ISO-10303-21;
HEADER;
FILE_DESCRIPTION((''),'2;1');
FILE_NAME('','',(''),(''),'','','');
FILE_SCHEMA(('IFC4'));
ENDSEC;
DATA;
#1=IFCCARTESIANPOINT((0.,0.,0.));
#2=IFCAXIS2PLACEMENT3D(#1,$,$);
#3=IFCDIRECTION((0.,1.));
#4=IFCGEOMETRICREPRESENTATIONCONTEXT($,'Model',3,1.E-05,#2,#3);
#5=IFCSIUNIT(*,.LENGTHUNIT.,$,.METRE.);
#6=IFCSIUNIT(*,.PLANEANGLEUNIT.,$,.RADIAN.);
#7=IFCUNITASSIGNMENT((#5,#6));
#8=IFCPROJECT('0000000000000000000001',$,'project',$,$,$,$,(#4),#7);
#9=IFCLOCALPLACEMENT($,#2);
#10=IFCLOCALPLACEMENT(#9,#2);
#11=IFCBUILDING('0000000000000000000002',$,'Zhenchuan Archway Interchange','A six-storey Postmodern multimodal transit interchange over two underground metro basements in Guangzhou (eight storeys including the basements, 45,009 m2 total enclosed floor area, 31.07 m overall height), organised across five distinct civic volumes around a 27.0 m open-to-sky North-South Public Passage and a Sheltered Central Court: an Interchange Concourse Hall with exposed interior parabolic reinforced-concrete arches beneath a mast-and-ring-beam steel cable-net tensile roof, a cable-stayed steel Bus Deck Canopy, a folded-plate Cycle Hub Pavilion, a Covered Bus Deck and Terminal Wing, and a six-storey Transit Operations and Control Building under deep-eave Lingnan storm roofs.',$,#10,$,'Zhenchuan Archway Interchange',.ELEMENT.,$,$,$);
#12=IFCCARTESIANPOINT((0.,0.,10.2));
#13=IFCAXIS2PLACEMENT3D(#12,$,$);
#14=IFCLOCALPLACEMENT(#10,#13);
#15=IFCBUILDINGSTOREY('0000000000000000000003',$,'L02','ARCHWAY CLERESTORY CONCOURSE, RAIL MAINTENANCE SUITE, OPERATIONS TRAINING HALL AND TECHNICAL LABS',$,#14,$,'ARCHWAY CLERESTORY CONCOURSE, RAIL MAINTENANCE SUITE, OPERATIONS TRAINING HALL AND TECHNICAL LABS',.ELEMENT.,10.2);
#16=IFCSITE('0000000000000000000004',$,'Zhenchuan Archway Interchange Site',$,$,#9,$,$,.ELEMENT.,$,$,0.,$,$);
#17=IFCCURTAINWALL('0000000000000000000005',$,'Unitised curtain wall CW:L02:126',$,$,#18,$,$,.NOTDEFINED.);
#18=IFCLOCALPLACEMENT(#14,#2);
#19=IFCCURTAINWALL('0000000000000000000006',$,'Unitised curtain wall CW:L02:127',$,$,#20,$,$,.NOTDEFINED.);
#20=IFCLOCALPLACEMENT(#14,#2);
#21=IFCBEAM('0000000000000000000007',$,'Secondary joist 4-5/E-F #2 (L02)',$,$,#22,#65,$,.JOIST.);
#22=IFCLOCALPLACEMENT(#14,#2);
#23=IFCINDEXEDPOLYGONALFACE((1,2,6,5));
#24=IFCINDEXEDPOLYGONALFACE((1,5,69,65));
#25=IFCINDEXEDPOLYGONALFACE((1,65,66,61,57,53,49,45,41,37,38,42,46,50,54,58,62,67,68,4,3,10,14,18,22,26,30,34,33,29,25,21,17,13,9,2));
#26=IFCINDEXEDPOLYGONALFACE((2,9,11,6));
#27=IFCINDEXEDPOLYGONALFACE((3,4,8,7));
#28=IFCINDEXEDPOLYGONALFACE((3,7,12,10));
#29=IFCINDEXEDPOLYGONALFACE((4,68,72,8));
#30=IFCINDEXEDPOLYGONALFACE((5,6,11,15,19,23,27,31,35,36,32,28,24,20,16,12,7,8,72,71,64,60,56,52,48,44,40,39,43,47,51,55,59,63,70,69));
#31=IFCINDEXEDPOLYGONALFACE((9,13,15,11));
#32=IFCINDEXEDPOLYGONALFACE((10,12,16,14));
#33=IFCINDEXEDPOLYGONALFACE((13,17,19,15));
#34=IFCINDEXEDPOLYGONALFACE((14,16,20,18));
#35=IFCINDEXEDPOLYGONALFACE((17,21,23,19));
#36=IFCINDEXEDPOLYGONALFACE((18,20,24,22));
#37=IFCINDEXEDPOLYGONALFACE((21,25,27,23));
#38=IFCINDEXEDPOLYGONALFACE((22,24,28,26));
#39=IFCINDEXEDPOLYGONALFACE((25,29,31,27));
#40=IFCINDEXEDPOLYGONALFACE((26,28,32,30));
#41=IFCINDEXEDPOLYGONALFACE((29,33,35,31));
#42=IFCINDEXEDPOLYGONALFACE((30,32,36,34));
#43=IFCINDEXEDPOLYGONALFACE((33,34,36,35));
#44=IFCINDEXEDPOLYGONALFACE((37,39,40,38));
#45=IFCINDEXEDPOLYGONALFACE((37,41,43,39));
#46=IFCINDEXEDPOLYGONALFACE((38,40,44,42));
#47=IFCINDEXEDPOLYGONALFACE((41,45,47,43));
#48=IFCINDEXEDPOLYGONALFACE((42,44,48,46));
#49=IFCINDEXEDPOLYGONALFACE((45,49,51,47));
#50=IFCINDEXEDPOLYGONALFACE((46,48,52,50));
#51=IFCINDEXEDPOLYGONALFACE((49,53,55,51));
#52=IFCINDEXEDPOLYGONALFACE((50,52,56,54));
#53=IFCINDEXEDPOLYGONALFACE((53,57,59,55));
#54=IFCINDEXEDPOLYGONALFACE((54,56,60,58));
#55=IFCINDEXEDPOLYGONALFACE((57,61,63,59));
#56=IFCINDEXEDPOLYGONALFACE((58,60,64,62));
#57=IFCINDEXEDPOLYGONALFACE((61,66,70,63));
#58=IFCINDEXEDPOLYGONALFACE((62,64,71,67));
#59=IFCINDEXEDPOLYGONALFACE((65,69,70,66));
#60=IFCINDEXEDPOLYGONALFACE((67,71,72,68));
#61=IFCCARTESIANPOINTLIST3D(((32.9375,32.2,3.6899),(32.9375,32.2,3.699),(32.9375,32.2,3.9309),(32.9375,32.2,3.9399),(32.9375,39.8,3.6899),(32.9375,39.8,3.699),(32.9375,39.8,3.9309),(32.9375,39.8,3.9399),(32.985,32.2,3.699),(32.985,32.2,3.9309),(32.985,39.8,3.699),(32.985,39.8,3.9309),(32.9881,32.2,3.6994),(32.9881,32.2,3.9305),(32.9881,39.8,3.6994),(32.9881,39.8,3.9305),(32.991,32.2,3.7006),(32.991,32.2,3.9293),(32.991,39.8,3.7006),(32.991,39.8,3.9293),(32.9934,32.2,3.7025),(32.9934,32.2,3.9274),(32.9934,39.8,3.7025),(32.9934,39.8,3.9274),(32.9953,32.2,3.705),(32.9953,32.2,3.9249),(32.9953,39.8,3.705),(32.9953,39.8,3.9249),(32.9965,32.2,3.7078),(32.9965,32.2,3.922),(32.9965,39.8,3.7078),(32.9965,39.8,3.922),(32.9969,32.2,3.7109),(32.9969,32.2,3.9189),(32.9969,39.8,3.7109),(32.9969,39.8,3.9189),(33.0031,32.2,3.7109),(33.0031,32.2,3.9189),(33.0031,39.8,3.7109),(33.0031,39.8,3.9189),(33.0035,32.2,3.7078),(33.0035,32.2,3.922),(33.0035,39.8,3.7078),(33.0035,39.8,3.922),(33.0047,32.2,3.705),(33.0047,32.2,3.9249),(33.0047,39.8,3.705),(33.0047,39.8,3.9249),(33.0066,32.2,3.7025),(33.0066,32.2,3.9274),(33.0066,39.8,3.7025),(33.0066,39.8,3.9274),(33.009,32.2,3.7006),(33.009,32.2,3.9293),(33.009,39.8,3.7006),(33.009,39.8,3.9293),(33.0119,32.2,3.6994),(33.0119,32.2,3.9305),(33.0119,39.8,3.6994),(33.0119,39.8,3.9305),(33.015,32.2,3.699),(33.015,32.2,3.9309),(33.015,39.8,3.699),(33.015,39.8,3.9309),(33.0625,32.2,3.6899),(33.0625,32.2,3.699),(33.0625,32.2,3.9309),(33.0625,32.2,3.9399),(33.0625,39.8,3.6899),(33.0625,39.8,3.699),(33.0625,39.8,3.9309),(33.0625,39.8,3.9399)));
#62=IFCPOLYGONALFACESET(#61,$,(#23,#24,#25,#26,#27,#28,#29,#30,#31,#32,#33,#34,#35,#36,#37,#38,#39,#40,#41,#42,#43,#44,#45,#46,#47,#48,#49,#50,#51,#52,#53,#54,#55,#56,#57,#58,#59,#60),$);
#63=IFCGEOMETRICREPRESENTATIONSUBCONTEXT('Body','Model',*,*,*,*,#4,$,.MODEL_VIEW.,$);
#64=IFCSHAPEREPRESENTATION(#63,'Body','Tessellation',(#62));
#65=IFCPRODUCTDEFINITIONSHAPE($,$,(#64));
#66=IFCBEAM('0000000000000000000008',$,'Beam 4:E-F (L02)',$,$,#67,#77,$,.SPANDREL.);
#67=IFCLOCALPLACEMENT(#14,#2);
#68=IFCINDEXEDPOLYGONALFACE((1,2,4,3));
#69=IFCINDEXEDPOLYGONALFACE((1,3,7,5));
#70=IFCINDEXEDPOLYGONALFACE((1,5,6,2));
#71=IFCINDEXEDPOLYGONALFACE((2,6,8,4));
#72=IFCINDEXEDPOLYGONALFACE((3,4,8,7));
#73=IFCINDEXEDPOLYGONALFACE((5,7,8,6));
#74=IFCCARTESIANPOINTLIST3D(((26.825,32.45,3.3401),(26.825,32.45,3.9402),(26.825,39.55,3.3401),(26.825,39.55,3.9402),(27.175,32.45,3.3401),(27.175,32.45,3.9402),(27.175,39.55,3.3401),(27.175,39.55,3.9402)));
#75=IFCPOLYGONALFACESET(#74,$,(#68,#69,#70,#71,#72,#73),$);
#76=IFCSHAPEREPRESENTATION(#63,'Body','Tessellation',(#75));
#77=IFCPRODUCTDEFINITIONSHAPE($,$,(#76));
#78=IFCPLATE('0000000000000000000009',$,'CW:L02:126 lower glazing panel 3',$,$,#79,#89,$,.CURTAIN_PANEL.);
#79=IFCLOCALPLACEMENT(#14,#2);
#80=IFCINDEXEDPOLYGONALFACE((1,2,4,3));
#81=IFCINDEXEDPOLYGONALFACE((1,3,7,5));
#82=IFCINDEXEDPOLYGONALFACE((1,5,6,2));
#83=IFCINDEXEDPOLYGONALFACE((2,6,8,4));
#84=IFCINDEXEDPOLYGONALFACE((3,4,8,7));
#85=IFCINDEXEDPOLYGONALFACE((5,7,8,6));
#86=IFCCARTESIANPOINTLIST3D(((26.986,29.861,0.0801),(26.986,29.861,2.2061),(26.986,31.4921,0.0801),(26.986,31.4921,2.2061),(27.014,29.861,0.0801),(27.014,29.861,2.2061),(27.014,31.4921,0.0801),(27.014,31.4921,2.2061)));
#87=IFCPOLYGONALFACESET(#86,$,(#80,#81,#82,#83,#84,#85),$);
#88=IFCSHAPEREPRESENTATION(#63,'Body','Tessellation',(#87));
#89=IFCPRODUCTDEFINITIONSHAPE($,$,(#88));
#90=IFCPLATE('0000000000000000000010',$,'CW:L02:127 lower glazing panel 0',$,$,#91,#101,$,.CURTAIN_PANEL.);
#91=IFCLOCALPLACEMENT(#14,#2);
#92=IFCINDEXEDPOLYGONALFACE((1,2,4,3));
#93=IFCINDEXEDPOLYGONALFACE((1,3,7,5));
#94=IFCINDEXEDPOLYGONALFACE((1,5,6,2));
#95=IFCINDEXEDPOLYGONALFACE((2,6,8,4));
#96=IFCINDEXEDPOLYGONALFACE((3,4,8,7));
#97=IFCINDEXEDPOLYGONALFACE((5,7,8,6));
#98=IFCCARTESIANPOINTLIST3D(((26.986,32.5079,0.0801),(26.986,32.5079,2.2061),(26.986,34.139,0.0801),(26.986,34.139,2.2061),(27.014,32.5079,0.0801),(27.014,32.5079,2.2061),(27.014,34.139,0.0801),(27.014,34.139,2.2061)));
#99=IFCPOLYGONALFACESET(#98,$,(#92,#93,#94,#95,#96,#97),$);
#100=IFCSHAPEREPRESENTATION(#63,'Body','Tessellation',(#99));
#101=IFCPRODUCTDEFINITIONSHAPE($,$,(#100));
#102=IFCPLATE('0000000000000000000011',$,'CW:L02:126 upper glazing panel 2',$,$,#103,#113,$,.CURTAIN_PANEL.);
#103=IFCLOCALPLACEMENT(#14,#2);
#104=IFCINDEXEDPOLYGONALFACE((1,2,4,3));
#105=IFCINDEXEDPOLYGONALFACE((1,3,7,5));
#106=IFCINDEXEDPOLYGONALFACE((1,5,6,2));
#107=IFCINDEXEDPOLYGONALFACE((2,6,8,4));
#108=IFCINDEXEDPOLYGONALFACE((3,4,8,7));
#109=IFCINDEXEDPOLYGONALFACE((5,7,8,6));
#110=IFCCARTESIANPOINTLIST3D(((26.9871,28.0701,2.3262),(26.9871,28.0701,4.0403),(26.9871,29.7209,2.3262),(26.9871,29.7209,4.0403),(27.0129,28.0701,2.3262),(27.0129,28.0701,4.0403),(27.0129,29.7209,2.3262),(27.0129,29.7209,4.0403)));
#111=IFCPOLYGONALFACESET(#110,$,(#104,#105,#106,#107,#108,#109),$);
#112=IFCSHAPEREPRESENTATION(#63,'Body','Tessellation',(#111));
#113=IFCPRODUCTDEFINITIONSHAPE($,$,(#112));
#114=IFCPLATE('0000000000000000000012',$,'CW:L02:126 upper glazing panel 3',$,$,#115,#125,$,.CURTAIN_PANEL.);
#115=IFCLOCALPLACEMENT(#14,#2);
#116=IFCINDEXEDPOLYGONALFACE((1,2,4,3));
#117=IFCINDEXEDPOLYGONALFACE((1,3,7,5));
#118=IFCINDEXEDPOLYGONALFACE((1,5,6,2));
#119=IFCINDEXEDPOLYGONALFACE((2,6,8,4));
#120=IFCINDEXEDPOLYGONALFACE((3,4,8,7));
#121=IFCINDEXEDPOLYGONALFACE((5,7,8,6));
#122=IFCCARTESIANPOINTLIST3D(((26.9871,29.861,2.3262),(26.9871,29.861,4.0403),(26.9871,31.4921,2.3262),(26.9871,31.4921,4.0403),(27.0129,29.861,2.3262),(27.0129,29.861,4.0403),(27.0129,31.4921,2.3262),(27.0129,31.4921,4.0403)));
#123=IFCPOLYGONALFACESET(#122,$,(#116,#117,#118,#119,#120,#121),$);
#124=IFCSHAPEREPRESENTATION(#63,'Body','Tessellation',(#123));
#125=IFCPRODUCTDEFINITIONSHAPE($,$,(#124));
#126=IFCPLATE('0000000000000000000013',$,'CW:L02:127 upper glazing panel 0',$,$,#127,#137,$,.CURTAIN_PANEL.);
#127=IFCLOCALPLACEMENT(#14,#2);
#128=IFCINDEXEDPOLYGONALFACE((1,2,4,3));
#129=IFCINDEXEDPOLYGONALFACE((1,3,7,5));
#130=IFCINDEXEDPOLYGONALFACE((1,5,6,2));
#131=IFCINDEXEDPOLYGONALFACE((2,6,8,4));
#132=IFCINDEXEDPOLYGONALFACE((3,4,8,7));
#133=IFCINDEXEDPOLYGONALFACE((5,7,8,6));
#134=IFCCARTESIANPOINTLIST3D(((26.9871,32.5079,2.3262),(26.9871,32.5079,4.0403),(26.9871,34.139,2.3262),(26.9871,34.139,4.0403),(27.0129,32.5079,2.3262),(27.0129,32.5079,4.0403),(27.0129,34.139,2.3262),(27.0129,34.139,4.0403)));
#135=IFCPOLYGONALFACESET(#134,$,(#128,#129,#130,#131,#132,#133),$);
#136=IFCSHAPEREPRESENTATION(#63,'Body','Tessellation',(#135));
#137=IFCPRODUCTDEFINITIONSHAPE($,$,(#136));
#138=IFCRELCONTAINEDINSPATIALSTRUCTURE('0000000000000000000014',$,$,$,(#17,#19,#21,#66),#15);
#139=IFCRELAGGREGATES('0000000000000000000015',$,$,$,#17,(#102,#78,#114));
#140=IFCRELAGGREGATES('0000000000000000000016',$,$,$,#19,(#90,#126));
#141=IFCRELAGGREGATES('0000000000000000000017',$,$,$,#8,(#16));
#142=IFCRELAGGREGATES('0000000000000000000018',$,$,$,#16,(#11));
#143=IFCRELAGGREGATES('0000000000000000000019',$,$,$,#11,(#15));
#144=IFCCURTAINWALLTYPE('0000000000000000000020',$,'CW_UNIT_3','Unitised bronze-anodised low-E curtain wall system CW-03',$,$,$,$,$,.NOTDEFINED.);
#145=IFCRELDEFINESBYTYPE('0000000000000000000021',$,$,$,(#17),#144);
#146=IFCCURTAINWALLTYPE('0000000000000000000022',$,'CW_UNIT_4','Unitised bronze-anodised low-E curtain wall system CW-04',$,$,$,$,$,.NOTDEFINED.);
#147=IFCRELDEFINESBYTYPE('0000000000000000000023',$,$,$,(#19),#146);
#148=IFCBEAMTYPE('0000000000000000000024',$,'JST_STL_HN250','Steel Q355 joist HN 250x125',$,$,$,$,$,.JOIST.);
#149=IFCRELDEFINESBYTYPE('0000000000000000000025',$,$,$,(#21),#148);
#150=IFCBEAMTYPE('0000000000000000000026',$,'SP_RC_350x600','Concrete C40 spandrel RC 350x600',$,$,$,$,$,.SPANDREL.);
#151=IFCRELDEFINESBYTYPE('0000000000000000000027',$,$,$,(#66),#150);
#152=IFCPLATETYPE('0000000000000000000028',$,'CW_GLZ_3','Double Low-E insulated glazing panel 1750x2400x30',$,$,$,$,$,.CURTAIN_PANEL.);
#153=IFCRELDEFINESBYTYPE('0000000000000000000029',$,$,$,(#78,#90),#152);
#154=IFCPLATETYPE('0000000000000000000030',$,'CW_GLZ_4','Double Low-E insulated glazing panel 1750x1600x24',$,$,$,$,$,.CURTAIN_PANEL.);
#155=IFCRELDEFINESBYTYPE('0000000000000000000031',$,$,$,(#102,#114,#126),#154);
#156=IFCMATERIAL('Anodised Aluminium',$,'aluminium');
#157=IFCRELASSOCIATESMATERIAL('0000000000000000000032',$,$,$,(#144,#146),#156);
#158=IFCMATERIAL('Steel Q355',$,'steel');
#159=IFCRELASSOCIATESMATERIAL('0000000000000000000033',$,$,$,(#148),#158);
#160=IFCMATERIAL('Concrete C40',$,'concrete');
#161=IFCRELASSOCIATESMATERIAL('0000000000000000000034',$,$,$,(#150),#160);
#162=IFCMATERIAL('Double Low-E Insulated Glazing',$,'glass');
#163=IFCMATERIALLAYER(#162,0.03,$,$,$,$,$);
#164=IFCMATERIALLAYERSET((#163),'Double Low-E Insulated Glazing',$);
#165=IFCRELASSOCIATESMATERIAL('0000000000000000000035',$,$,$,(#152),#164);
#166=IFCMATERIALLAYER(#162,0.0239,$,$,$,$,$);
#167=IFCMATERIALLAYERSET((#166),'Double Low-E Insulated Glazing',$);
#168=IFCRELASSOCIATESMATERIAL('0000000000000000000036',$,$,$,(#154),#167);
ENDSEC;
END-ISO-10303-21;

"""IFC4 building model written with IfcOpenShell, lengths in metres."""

from ifc_helpers import new_model, si_unit, direction, frame, origin, origin_2d, place, context, subcontext, project, spatial, rectangle, i_section, extrude, material, layer, layer_set, material_profile, profile_set, type_object, element, aggregate, save


model = new_model("IFC4")

# Units and contexts
model_context = context("Model", 3, precision=1e-05, world=origin(), true_north=direction((0.0, 1.0)))
body_context = subcontext(model_context, "Body", "Model", "MODEL_VIEW")
ifc_project = project(units=[si_unit("LENGTHUNIT", "METRE"), si_unit("PLANEANGLEUNIT", "RADIAN")], contexts=[model_context])

# Site, building, storey
site_placement = place(None, origin())
site = spatial("IfcSite", under=ifc_project, at=site_placement, Name="Zhenchuan Archway Interchange Site", CompositionType="ELEMENT", RefElevation=0.0)
building_placement = place(site_placement, origin())
building = spatial("IfcBuilding", under=site, at=building_placement, Name="Zhenchuan Archway Interchange", Description="A six-storey Postmodern multimodal transit interchange over two underground metro basements in Guangzhou (eight storeys including the basements, 45,009 m2 total enclosed floor area, 31.07 m overall height), organised across five distinct civic volumes around a 27.0 m open-to-sky North-South Public Passage and a Sheltered Central Court: an Interchange Concourse Hall with exposed interior parabolic reinforced-concrete arches beneath a mast-and-ring-beam steel cable-net tensile roof, a cable-stayed steel Bus Deck Canopy, a folded-plate Cycle Hub Pavilion, a Covered Bus Deck and Terminal Wing, and a six-storey Transit Operations and Control Building under deep-eave Lingnan storm roofs.", LongName="Zhenchuan Archway Interchange", CompositionType="ELEMENT")
storey_placement = place(building_placement, frame((0.0, 0.0, 10.2)))
storey = spatial("IfcBuildingStorey", under=building, at=storey_placement, Name="L02", Description="ARCHWAY CLERESTORY CONCOURSE, RAIL MAINTENANCE SUITE, OPERATIONS TRAINING HALL AND TECHNICAL LABS", LongName="ARCHWAY CLERESTORY CONCOURSE, RAIL MAINTENANCE SUITE, OPERATIONS TRAINING HALL AND TECHNICAL LABS", CompositionType="ELEMENT", Elevation=10.2)

# Shared definitions
ifc_material_1 = material(Name="Concrete C40", Category="concrete")

# Curtain wall
ifc_material_2 = material(Name="Anodised Aluminium", Category="aluminium")
curtain_wall_type_1 = type_object("IfcCurtainWallType", Name="CW_UNIT_3", Description="Unitised bronze-anodised low-E curtain wall system CW-03", PredefinedType="NOTDEFINED", material=ifc_material_2)
curtain_wall_1_placement = place(storey_placement, origin())
curtain_wall_1 = element("IfcCurtainWall", 1, at=curtain_wall_1_placement, inside=storey, type_object=curtain_wall_type_1, Name="Unitised curtain wall CW:L02:126", PredefinedType="NOTDEFINED")

# Curtain wall
curtain_wall_type_2 = type_object("IfcCurtainWallType", Name="CW_UNIT_4", Description="Unitised bronze-anodised low-E curtain wall system CW-04", PredefinedType="NOTDEFINED", material=ifc_material_2)
curtain_wall_2_placement = place(storey_placement, origin())
curtain_wall_2 = element("IfcCurtainWall", 2, at=curtain_wall_2_placement, inside=storey, type_object=curtain_wall_type_2, Name="Unitised curtain wall CW:L02:127", PredefinedType="NOTDEFINED")

# Beams
ifc_material_3 = material(Name="Steel Q355", Category="steel")
ifc_material_profile_1 = material_profile(ifc_material_3, i_section(OverallWidth=0.125, OverallDepth=0.25, WebThickness=0.0061, FlangeThickness=0.009, FilletRadius=0.012, at=origin_2d()), Name="HN 250x125")
ifc_profile_set_1 = profile_set([ifc_material_profile_1], Name="Steel Q355")
beam_type_1 = type_object("IfcBeamType", Name="JST_STL_HN250", Description="Steel Q355 joist HN 250x125", PredefinedType="JOIST", material=ifc_profile_set_1)
for number, where, z_axis, x_axis, name in (
    (3, (33.0, 32.2, 3.8149), (0.0, 1.0, 0.0), (-1.0, 0.0, 0.0), "Secondary joist 4-5/E-F #2 (L02)"),
):
    element("IfcBeam", number, at=place(storey_placement, frame(where, z_axis=z_axis, x_axis=x_axis)), inside=storey, type_object=beam_type_1, Name=name, PredefinedType="JOIST", context=body_context, shape_type="SweptSolid", body=[
        extrude(i_section(OverallWidth=0.125, OverallDepth=0.25, WebThickness=0.0061, FlangeThickness=0.009, FilletRadius=0.012, at=origin_2d()), origin(), (0.0, 0.0, 1.0), 7.6001),
    ])
ifc_material_profile_2 = material_profile(ifc_material_1, rectangle(XDim=0.3501, YDim=0.6001, at=origin_2d()), Name="RC 350x600")
ifc_profile_set_2 = profile_set([ifc_material_profile_2], Name="Concrete C40")
beam_type_2 = type_object("IfcBeamType", Name="SP_RC_350x600", Description="Concrete C40 spandrel RC 350x600", PredefinedType="SPANDREL", material=ifc_profile_set_2)
beam_1_placement = place(storey_placement, frame((27.0, 32.45, 3.6401), z_axis=(0.0, 1.0, 0.0), x_axis=(-1.0, 0.0, 0.0)))
element("IfcBeam", 4, at=beam_1_placement, inside=storey, type_object=beam_type_2, Name="Beam 4:E-F (L02)", PredefinedType="SPANDREL", context=body_context, shape_type="SweptSolid", body=[
    extrude(rectangle(XDim=0.3501, YDim=0.6001, at=origin_2d()), origin(), (0.0, 0.0, 1.0), 7.1001),
])

# Plates
ifc_material_4 = material(Name="Double Low-E Insulated Glazing", Category="glass")
ifc_layer_1 = layer(ifc_material_4, 0.03)
ifc_layer_set_1 = layer_set([ifc_layer_1], Name="Double Low-E Insulated Glazing")
plate_type_1 = type_object("IfcPlateType", Name="CW_GLZ_3", Description="Double Low-E insulated glazing panel 1750x2400x30", PredefinedType="CURTAIN_PANEL", material=ifc_layer_set_1)
plate_1_placement = place(storey_placement, frame((27.0, 30.6765, 0.0801), z_axis=(0.0, 0.0, 1.0), x_axis=(0.0, 1.0, 0.0)))
plate_1 = element("IfcPlate", 5, at=plate_1_placement, type_object=plate_type_1, Name="CW:L02:126 lower glazing panel 3", PredefinedType="CURTAIN_PANEL", context=body_context, shape_type="SweptSolid", body=[
    extrude(rectangle(XDim=1.6311, YDim=0.0281, at=origin_2d()), origin(), (0.0, 0.0, 1.0), 2.126),
])
plate_2_placement = place(storey_placement, frame((27.0, 33.3235, 0.0801), z_axis=(0.0, 0.0, 1.0), x_axis=(0.0, 1.0, 0.0)))
plate_2 = element("IfcPlate", 6, at=plate_2_placement, type_object=plate_type_1, Name="CW:L02:127 lower glazing panel 0", PredefinedType="CURTAIN_PANEL", context=body_context, shape_type="SweptSolid", body=[
    extrude(rectangle(XDim=1.6311, YDim=0.0281, at=origin_2d()), origin(), (0.0, 0.0, 1.0), 2.126),
])
ifc_layer_2 = layer(ifc_material_4, 0.0239)
ifc_layer_set_2 = layer_set([ifc_layer_2], Name="Double Low-E Insulated Glazing")
plate_type_2 = type_object("IfcPlateType", Name="CW_GLZ_4", Description="Double Low-E insulated glazing panel 1750x1600x24", PredefinedType="CURTAIN_PANEL", material=ifc_layer_set_2)
plate_3_placement = place(storey_placement, frame((27.0, 28.8955, 2.3262), z_axis=(0.0, 0.0, 1.0), x_axis=(0.0, 1.0, 0.0)))
plate_3 = element("IfcPlate", 7, at=plate_3_placement, type_object=plate_type_2, Name="CW:L02:126 upper glazing panel 2", PredefinedType="CURTAIN_PANEL", context=body_context, shape_type="SweptSolid", body=[
    extrude(rectangle(XDim=1.6509, YDim=0.0259, at=origin_2d()), origin(), (0.0, 0.0, 1.0), 1.7141),
])
plate_4_placement = place(storey_placement, frame((27.0, 30.6765, 2.3262), z_axis=(0.0, 0.0, 1.0), x_axis=(0.0, 1.0, 0.0)))
plate_4 = element("IfcPlate", 8, at=plate_4_placement, type_object=plate_type_2, Name="CW:L02:126 upper glazing panel 3", PredefinedType="CURTAIN_PANEL", context=body_context, shape_type="SweptSolid", body=[
    extrude(rectangle(XDim=1.6311, YDim=0.0259, at=origin_2d()), origin(), (0.0, 0.0, 1.0), 1.7141),
])
aggregate(curtain_wall_1, [plate_3, plate_1, plate_4])
plate_5_placement = place(storey_placement, frame((27.0, 33.3235, 2.3262), z_axis=(0.0, 0.0, 1.0), x_axis=(0.0, 1.0, 0.0)))
plate_5 = element("IfcPlate", 9, at=plate_5_placement, type_object=plate_type_2, Name="CW:L02:127 upper glazing panel 0", PredefinedType="CURTAIN_PANEL", context=body_context, shape_type="SweptSolid", body=[
    extrude(rectangle(XDim=1.6311, YDim=0.0259, at=origin_2d()), origin(), (0.0, 0.0, 1.0), 1.7141),
])
aggregate(curtain_wall_2, [plate_2, plate_5])

save(model, "model.ifc")
